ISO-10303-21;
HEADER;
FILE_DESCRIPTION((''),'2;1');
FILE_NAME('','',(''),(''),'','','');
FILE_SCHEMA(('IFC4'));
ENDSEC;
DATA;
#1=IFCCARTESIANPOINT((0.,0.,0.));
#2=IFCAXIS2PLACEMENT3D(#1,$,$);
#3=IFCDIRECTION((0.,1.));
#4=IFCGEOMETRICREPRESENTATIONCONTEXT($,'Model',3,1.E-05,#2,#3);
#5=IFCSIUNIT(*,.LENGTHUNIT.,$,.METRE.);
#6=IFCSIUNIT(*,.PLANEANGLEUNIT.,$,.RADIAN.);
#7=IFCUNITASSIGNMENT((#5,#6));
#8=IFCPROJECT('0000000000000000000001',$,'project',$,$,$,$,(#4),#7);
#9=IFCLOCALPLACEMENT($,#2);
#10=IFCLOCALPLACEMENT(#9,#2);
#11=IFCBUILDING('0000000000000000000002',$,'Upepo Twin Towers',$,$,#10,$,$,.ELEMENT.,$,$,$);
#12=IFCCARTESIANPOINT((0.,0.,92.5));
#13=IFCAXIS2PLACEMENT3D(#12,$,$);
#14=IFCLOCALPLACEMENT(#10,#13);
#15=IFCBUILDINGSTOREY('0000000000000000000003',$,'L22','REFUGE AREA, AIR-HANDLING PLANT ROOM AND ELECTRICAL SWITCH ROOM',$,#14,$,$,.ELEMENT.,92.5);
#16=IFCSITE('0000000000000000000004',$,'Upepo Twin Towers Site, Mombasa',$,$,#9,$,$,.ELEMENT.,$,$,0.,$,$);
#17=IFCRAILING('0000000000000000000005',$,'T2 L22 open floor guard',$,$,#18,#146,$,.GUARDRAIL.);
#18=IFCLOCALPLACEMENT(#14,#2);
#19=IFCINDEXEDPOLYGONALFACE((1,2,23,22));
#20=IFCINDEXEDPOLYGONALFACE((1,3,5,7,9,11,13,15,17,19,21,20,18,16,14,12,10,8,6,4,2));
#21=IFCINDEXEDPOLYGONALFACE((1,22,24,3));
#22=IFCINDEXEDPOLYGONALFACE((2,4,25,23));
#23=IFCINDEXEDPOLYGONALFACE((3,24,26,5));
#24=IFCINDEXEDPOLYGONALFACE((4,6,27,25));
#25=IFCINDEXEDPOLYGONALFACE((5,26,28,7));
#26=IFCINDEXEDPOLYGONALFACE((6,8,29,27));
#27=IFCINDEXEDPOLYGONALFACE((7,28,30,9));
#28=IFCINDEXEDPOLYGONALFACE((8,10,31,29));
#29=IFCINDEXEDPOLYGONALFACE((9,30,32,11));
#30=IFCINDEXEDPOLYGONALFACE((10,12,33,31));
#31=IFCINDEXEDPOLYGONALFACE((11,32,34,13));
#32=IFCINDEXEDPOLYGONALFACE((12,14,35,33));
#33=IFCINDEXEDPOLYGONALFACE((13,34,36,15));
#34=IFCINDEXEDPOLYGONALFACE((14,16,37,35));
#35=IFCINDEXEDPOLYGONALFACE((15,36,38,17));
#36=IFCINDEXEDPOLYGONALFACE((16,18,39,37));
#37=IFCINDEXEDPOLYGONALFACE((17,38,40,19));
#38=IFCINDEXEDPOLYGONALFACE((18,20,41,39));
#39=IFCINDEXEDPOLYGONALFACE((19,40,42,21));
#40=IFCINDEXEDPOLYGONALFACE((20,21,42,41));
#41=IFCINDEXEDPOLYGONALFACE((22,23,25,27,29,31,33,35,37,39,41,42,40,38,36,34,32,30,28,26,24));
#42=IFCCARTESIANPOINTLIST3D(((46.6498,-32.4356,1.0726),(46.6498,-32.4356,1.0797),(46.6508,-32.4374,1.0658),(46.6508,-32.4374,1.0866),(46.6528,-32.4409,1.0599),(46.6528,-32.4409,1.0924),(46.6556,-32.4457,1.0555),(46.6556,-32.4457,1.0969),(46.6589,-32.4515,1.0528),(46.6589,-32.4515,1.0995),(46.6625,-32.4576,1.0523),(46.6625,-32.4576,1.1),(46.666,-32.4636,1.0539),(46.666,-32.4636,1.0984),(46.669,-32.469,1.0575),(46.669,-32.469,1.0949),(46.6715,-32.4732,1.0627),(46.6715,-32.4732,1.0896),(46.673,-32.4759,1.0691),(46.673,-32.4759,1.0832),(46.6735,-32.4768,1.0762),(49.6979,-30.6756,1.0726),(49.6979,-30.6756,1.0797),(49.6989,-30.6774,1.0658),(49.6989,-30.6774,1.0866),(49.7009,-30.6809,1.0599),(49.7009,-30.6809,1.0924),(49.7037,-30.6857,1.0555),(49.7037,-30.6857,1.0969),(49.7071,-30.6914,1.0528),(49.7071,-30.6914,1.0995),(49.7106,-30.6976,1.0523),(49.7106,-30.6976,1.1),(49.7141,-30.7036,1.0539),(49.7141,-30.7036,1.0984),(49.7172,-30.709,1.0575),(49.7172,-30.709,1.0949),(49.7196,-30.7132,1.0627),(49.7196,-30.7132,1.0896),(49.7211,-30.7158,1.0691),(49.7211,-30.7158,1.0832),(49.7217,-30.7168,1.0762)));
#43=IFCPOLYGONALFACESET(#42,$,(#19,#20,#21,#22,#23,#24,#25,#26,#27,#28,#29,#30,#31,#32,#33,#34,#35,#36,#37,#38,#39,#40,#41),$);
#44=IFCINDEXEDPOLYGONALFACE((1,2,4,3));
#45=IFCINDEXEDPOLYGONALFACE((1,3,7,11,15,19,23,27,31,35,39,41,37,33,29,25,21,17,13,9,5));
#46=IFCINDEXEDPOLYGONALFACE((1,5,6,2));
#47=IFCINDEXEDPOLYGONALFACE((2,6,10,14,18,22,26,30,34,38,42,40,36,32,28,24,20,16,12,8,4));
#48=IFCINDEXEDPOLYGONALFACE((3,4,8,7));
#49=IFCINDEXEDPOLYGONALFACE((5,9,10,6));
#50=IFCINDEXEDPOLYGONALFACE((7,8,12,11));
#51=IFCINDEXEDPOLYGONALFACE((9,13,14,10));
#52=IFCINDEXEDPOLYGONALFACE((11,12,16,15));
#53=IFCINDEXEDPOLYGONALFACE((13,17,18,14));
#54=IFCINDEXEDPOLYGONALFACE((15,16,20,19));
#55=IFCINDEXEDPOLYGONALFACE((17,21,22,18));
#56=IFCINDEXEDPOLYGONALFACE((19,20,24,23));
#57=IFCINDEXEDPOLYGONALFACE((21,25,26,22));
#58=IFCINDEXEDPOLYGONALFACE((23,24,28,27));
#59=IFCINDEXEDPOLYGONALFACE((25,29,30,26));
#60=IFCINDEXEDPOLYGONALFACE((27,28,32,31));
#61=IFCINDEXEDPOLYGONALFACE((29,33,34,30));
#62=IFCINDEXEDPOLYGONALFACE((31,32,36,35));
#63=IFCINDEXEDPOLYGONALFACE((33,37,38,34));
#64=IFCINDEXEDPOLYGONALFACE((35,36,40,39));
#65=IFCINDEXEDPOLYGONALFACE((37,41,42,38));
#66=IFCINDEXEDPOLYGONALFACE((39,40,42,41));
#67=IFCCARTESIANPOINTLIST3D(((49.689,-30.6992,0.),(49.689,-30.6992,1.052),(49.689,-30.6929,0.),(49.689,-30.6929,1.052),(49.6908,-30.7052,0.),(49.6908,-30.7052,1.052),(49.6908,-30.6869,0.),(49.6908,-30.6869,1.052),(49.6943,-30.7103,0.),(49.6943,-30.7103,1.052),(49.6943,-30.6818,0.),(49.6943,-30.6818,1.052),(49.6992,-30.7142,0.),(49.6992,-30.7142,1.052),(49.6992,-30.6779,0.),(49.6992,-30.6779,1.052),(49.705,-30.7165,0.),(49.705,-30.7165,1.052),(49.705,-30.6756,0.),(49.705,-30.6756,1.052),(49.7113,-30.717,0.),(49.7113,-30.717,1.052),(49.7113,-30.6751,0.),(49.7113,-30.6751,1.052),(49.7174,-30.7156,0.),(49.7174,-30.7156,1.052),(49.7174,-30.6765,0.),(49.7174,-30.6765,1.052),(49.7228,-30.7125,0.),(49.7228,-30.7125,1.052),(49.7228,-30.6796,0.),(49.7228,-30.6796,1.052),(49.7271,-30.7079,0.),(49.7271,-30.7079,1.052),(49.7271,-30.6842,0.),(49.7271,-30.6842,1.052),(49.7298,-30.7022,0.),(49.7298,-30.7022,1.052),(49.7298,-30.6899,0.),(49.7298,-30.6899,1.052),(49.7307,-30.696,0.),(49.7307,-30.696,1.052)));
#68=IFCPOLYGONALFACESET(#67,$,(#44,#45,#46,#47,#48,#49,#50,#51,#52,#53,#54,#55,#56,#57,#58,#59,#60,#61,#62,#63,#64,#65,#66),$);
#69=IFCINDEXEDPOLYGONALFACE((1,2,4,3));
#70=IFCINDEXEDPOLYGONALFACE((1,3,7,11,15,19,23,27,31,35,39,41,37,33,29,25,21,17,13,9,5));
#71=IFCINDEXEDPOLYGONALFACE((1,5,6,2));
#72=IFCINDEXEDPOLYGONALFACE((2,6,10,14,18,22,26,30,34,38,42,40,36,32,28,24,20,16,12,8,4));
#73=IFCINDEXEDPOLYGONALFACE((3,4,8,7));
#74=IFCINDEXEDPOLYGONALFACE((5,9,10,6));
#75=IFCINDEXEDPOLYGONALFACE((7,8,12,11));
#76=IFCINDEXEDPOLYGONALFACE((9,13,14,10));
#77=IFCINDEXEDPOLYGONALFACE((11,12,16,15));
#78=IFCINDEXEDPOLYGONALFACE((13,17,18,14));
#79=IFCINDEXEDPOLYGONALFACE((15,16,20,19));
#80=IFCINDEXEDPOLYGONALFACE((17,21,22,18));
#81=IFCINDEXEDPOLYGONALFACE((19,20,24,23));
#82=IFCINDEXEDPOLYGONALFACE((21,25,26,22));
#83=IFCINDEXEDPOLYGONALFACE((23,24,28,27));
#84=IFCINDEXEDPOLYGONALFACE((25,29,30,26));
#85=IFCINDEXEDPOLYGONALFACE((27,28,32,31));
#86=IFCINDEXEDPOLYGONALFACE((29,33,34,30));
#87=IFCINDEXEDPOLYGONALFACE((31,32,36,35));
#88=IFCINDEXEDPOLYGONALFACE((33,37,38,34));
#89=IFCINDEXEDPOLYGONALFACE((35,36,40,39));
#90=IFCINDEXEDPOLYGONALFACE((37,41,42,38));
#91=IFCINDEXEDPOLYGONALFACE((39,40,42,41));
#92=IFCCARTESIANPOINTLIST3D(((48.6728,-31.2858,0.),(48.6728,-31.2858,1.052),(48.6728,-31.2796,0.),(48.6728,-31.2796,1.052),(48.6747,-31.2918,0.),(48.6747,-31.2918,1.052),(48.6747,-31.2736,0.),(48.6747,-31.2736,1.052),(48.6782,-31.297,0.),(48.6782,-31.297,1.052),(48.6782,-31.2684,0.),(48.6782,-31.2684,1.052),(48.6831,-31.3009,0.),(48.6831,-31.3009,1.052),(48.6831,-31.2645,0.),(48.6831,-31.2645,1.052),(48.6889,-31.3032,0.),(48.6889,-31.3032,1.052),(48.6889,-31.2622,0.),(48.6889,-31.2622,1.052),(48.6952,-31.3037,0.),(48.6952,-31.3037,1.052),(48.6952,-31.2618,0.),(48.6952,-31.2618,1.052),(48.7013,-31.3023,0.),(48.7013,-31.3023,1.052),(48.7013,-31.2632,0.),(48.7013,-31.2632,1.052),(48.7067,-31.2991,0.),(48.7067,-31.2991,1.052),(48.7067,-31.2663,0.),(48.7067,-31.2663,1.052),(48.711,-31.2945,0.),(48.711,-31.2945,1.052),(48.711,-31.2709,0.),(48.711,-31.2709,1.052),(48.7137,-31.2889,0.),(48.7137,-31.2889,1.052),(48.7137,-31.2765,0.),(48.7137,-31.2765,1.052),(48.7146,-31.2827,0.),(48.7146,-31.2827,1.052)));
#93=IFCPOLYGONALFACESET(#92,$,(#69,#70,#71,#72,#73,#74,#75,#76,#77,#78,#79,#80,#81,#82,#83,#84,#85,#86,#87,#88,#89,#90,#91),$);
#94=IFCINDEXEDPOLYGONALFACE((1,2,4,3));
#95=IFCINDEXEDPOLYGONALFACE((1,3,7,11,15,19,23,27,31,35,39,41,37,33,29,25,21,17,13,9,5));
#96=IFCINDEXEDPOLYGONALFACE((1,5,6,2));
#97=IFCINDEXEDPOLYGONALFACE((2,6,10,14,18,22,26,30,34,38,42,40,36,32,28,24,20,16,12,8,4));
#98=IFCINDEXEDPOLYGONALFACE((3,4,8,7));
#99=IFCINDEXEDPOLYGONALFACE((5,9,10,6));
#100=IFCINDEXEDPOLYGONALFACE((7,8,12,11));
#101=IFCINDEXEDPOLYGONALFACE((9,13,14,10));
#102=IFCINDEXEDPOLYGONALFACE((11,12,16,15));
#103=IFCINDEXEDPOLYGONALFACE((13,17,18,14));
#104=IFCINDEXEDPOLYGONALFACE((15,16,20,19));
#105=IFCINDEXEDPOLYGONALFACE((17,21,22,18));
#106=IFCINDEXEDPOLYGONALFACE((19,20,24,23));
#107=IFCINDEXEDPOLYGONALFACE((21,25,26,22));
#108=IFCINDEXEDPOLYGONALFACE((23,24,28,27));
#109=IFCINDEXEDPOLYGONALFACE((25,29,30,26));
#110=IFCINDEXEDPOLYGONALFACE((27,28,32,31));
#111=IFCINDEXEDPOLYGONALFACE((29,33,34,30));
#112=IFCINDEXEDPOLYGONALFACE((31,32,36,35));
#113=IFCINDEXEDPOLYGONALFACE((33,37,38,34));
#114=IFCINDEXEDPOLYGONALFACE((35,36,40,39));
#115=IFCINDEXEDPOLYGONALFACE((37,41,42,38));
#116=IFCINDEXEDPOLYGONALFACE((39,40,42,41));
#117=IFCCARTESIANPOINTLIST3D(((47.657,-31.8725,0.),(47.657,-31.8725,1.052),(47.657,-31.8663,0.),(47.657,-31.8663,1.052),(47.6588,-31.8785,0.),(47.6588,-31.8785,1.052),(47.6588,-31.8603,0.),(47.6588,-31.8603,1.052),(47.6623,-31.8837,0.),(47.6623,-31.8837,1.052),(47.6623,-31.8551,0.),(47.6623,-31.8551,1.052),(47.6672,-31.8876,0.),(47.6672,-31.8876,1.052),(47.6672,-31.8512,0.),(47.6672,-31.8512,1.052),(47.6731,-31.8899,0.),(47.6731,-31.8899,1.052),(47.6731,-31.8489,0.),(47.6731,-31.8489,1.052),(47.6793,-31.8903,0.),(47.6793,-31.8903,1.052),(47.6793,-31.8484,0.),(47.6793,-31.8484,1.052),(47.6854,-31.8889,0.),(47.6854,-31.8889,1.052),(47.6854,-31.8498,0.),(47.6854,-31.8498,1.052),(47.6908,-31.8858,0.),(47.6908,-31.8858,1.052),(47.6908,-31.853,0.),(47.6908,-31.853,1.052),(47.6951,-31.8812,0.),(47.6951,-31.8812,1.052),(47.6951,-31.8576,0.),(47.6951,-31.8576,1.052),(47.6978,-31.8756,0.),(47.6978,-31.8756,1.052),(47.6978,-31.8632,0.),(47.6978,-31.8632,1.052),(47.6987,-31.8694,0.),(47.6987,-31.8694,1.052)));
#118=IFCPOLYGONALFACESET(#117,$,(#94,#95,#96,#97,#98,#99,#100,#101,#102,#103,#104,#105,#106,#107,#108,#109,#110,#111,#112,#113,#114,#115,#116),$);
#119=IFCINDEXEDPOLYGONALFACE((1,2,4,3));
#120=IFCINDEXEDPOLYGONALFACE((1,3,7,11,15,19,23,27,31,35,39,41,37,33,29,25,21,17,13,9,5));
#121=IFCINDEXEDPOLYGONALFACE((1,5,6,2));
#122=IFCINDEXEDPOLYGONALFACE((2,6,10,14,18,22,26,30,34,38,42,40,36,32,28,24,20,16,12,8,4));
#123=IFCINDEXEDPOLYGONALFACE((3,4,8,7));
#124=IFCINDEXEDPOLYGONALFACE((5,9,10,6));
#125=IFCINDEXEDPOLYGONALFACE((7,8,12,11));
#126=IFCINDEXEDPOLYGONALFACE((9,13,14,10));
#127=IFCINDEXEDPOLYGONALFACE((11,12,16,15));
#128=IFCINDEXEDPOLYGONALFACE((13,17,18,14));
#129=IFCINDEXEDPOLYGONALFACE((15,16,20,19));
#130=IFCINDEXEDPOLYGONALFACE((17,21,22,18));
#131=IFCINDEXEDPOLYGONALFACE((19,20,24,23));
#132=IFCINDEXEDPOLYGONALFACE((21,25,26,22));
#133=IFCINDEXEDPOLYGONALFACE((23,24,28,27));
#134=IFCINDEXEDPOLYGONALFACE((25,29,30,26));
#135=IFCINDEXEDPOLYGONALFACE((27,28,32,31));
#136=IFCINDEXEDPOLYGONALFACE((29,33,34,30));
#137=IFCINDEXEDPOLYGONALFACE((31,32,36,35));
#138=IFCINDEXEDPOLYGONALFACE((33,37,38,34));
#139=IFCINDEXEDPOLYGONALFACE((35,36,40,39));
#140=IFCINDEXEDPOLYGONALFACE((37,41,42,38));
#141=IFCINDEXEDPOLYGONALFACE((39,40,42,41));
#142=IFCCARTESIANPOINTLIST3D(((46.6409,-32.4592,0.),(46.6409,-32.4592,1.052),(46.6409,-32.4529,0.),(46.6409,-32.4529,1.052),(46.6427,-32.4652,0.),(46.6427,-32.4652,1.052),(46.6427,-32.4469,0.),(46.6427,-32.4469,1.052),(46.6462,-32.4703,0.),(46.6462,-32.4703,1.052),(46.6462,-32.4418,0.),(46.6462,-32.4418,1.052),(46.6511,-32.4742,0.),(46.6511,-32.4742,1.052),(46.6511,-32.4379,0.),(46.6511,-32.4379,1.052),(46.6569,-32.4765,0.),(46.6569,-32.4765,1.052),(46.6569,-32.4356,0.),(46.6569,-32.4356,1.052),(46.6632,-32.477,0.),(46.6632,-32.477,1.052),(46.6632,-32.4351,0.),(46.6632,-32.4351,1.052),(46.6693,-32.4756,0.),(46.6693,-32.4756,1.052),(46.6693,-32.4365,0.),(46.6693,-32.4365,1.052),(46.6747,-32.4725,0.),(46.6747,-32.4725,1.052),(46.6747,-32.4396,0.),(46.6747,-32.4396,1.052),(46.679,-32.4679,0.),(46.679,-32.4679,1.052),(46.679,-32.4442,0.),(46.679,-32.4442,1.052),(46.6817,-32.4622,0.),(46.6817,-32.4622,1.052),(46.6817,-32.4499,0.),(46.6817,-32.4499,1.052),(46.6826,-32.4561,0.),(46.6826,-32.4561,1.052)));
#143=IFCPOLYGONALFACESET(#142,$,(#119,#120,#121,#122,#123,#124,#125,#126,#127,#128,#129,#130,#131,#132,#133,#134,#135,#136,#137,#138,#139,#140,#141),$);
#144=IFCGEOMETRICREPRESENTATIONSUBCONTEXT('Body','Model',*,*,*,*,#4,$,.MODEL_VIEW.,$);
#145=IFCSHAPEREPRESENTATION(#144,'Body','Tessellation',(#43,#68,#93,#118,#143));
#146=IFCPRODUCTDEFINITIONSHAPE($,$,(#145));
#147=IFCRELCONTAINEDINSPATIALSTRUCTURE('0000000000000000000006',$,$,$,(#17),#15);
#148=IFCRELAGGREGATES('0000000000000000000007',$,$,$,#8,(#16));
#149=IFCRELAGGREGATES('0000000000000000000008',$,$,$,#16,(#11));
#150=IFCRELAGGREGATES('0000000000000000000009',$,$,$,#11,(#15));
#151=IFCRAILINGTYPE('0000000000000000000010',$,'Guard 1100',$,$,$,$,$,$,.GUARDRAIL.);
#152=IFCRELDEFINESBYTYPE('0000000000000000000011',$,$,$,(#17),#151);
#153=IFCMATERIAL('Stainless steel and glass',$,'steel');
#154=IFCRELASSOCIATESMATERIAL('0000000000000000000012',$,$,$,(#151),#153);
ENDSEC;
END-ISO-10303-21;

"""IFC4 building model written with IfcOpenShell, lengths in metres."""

from ifc_helpers import new_model, si_unit, direction, frame, origin, origin_2d, place, context, subcontext, project, spatial, circle, extrude, material, type_object, element, save


model = new_model("IFC4")

# Units and contexts
model_context = context("Model", 3, precision=1e-05, world=origin(), true_north=direction((0.0, 1.0)))
body_context = subcontext(model_context, "Body", "Model", "MODEL_VIEW")
ifc_project = project(units=[si_unit("LENGTHUNIT", "METRE"), si_unit("PLANEANGLEUNIT", "RADIAN")], contexts=[model_context])

# Site, building, storey
site_placement = place(None, origin())
site = spatial("IfcSite", under=ifc_project, at=site_placement, Name="Upepo Twin Towers Site, Mombasa", CompositionType="ELEMENT", RefElevation=0.0)
building_placement = place(site_placement, origin())
building = spatial("IfcBuilding", under=site, at=building_placement, Name="Upepo Twin Towers", CompositionType="ELEMENT")
storey_placement = place(building_placement, frame((0.0, 0.0, 92.5)))
storey = spatial("IfcBuildingStorey", under=building, at=storey_placement, Name="L22", Description="REFUGE AREA, AIR-HANDLING PLANT ROOM AND ELECTRICAL SWITCH ROOM", CompositionType="ELEMENT", Elevation=92.5)

# Railing
ifc_material_1 = material(Name="Stainless steel and glass", Category="steel")
railing_type = type_object("IfcRailingType", Name="Guard 1100", PredefinedType="GUARDRAIL", material=ifc_material_1)
for number, where, name in (
    (1, (49.7097, -30.696, 0.0), "T2 L22 open floor guard"),
):
    element("IfcRailing", number, at=place(storey_placement, frame(where)), inside=storey, type_object=railing_type, Name=name, PredefinedType="GUARDRAIL", context=body_context, shape_type="SweptSolid", body=[
        extrude(circle(Radius=0.0239, at=origin_2d()), frame((0.0, 0.0, 1.0762), z_axis=(-0.866002, -0.500041, 0.0), x_axis=(0.500041, -0.866002, 0.0)), (0.0, 0.0, 1.0), 3.5198),
        extrude(circle(Radius=0.021, at=origin_2d()), origin(), (0.0, 0.0, 1.0), 1.052),
        extrude(circle(Radius=0.021, at=origin_2d()), frame((-1.0161, -0.5867, 0.0)), (0.0, 0.0, 1.0), 1.052),
        extrude(circle(Radius=0.021, at=origin_2d()), frame((-2.032, -1.1733, 0.0)), (0.0, 0.0, 1.0), 1.052),
        extrude(circle(Radius=0.021, at=origin_2d()), frame((-3.0481, -1.76, 0.0)), (0.0, 0.0, 1.0), 1.052),
    ])

save(model, "model.ifc")
